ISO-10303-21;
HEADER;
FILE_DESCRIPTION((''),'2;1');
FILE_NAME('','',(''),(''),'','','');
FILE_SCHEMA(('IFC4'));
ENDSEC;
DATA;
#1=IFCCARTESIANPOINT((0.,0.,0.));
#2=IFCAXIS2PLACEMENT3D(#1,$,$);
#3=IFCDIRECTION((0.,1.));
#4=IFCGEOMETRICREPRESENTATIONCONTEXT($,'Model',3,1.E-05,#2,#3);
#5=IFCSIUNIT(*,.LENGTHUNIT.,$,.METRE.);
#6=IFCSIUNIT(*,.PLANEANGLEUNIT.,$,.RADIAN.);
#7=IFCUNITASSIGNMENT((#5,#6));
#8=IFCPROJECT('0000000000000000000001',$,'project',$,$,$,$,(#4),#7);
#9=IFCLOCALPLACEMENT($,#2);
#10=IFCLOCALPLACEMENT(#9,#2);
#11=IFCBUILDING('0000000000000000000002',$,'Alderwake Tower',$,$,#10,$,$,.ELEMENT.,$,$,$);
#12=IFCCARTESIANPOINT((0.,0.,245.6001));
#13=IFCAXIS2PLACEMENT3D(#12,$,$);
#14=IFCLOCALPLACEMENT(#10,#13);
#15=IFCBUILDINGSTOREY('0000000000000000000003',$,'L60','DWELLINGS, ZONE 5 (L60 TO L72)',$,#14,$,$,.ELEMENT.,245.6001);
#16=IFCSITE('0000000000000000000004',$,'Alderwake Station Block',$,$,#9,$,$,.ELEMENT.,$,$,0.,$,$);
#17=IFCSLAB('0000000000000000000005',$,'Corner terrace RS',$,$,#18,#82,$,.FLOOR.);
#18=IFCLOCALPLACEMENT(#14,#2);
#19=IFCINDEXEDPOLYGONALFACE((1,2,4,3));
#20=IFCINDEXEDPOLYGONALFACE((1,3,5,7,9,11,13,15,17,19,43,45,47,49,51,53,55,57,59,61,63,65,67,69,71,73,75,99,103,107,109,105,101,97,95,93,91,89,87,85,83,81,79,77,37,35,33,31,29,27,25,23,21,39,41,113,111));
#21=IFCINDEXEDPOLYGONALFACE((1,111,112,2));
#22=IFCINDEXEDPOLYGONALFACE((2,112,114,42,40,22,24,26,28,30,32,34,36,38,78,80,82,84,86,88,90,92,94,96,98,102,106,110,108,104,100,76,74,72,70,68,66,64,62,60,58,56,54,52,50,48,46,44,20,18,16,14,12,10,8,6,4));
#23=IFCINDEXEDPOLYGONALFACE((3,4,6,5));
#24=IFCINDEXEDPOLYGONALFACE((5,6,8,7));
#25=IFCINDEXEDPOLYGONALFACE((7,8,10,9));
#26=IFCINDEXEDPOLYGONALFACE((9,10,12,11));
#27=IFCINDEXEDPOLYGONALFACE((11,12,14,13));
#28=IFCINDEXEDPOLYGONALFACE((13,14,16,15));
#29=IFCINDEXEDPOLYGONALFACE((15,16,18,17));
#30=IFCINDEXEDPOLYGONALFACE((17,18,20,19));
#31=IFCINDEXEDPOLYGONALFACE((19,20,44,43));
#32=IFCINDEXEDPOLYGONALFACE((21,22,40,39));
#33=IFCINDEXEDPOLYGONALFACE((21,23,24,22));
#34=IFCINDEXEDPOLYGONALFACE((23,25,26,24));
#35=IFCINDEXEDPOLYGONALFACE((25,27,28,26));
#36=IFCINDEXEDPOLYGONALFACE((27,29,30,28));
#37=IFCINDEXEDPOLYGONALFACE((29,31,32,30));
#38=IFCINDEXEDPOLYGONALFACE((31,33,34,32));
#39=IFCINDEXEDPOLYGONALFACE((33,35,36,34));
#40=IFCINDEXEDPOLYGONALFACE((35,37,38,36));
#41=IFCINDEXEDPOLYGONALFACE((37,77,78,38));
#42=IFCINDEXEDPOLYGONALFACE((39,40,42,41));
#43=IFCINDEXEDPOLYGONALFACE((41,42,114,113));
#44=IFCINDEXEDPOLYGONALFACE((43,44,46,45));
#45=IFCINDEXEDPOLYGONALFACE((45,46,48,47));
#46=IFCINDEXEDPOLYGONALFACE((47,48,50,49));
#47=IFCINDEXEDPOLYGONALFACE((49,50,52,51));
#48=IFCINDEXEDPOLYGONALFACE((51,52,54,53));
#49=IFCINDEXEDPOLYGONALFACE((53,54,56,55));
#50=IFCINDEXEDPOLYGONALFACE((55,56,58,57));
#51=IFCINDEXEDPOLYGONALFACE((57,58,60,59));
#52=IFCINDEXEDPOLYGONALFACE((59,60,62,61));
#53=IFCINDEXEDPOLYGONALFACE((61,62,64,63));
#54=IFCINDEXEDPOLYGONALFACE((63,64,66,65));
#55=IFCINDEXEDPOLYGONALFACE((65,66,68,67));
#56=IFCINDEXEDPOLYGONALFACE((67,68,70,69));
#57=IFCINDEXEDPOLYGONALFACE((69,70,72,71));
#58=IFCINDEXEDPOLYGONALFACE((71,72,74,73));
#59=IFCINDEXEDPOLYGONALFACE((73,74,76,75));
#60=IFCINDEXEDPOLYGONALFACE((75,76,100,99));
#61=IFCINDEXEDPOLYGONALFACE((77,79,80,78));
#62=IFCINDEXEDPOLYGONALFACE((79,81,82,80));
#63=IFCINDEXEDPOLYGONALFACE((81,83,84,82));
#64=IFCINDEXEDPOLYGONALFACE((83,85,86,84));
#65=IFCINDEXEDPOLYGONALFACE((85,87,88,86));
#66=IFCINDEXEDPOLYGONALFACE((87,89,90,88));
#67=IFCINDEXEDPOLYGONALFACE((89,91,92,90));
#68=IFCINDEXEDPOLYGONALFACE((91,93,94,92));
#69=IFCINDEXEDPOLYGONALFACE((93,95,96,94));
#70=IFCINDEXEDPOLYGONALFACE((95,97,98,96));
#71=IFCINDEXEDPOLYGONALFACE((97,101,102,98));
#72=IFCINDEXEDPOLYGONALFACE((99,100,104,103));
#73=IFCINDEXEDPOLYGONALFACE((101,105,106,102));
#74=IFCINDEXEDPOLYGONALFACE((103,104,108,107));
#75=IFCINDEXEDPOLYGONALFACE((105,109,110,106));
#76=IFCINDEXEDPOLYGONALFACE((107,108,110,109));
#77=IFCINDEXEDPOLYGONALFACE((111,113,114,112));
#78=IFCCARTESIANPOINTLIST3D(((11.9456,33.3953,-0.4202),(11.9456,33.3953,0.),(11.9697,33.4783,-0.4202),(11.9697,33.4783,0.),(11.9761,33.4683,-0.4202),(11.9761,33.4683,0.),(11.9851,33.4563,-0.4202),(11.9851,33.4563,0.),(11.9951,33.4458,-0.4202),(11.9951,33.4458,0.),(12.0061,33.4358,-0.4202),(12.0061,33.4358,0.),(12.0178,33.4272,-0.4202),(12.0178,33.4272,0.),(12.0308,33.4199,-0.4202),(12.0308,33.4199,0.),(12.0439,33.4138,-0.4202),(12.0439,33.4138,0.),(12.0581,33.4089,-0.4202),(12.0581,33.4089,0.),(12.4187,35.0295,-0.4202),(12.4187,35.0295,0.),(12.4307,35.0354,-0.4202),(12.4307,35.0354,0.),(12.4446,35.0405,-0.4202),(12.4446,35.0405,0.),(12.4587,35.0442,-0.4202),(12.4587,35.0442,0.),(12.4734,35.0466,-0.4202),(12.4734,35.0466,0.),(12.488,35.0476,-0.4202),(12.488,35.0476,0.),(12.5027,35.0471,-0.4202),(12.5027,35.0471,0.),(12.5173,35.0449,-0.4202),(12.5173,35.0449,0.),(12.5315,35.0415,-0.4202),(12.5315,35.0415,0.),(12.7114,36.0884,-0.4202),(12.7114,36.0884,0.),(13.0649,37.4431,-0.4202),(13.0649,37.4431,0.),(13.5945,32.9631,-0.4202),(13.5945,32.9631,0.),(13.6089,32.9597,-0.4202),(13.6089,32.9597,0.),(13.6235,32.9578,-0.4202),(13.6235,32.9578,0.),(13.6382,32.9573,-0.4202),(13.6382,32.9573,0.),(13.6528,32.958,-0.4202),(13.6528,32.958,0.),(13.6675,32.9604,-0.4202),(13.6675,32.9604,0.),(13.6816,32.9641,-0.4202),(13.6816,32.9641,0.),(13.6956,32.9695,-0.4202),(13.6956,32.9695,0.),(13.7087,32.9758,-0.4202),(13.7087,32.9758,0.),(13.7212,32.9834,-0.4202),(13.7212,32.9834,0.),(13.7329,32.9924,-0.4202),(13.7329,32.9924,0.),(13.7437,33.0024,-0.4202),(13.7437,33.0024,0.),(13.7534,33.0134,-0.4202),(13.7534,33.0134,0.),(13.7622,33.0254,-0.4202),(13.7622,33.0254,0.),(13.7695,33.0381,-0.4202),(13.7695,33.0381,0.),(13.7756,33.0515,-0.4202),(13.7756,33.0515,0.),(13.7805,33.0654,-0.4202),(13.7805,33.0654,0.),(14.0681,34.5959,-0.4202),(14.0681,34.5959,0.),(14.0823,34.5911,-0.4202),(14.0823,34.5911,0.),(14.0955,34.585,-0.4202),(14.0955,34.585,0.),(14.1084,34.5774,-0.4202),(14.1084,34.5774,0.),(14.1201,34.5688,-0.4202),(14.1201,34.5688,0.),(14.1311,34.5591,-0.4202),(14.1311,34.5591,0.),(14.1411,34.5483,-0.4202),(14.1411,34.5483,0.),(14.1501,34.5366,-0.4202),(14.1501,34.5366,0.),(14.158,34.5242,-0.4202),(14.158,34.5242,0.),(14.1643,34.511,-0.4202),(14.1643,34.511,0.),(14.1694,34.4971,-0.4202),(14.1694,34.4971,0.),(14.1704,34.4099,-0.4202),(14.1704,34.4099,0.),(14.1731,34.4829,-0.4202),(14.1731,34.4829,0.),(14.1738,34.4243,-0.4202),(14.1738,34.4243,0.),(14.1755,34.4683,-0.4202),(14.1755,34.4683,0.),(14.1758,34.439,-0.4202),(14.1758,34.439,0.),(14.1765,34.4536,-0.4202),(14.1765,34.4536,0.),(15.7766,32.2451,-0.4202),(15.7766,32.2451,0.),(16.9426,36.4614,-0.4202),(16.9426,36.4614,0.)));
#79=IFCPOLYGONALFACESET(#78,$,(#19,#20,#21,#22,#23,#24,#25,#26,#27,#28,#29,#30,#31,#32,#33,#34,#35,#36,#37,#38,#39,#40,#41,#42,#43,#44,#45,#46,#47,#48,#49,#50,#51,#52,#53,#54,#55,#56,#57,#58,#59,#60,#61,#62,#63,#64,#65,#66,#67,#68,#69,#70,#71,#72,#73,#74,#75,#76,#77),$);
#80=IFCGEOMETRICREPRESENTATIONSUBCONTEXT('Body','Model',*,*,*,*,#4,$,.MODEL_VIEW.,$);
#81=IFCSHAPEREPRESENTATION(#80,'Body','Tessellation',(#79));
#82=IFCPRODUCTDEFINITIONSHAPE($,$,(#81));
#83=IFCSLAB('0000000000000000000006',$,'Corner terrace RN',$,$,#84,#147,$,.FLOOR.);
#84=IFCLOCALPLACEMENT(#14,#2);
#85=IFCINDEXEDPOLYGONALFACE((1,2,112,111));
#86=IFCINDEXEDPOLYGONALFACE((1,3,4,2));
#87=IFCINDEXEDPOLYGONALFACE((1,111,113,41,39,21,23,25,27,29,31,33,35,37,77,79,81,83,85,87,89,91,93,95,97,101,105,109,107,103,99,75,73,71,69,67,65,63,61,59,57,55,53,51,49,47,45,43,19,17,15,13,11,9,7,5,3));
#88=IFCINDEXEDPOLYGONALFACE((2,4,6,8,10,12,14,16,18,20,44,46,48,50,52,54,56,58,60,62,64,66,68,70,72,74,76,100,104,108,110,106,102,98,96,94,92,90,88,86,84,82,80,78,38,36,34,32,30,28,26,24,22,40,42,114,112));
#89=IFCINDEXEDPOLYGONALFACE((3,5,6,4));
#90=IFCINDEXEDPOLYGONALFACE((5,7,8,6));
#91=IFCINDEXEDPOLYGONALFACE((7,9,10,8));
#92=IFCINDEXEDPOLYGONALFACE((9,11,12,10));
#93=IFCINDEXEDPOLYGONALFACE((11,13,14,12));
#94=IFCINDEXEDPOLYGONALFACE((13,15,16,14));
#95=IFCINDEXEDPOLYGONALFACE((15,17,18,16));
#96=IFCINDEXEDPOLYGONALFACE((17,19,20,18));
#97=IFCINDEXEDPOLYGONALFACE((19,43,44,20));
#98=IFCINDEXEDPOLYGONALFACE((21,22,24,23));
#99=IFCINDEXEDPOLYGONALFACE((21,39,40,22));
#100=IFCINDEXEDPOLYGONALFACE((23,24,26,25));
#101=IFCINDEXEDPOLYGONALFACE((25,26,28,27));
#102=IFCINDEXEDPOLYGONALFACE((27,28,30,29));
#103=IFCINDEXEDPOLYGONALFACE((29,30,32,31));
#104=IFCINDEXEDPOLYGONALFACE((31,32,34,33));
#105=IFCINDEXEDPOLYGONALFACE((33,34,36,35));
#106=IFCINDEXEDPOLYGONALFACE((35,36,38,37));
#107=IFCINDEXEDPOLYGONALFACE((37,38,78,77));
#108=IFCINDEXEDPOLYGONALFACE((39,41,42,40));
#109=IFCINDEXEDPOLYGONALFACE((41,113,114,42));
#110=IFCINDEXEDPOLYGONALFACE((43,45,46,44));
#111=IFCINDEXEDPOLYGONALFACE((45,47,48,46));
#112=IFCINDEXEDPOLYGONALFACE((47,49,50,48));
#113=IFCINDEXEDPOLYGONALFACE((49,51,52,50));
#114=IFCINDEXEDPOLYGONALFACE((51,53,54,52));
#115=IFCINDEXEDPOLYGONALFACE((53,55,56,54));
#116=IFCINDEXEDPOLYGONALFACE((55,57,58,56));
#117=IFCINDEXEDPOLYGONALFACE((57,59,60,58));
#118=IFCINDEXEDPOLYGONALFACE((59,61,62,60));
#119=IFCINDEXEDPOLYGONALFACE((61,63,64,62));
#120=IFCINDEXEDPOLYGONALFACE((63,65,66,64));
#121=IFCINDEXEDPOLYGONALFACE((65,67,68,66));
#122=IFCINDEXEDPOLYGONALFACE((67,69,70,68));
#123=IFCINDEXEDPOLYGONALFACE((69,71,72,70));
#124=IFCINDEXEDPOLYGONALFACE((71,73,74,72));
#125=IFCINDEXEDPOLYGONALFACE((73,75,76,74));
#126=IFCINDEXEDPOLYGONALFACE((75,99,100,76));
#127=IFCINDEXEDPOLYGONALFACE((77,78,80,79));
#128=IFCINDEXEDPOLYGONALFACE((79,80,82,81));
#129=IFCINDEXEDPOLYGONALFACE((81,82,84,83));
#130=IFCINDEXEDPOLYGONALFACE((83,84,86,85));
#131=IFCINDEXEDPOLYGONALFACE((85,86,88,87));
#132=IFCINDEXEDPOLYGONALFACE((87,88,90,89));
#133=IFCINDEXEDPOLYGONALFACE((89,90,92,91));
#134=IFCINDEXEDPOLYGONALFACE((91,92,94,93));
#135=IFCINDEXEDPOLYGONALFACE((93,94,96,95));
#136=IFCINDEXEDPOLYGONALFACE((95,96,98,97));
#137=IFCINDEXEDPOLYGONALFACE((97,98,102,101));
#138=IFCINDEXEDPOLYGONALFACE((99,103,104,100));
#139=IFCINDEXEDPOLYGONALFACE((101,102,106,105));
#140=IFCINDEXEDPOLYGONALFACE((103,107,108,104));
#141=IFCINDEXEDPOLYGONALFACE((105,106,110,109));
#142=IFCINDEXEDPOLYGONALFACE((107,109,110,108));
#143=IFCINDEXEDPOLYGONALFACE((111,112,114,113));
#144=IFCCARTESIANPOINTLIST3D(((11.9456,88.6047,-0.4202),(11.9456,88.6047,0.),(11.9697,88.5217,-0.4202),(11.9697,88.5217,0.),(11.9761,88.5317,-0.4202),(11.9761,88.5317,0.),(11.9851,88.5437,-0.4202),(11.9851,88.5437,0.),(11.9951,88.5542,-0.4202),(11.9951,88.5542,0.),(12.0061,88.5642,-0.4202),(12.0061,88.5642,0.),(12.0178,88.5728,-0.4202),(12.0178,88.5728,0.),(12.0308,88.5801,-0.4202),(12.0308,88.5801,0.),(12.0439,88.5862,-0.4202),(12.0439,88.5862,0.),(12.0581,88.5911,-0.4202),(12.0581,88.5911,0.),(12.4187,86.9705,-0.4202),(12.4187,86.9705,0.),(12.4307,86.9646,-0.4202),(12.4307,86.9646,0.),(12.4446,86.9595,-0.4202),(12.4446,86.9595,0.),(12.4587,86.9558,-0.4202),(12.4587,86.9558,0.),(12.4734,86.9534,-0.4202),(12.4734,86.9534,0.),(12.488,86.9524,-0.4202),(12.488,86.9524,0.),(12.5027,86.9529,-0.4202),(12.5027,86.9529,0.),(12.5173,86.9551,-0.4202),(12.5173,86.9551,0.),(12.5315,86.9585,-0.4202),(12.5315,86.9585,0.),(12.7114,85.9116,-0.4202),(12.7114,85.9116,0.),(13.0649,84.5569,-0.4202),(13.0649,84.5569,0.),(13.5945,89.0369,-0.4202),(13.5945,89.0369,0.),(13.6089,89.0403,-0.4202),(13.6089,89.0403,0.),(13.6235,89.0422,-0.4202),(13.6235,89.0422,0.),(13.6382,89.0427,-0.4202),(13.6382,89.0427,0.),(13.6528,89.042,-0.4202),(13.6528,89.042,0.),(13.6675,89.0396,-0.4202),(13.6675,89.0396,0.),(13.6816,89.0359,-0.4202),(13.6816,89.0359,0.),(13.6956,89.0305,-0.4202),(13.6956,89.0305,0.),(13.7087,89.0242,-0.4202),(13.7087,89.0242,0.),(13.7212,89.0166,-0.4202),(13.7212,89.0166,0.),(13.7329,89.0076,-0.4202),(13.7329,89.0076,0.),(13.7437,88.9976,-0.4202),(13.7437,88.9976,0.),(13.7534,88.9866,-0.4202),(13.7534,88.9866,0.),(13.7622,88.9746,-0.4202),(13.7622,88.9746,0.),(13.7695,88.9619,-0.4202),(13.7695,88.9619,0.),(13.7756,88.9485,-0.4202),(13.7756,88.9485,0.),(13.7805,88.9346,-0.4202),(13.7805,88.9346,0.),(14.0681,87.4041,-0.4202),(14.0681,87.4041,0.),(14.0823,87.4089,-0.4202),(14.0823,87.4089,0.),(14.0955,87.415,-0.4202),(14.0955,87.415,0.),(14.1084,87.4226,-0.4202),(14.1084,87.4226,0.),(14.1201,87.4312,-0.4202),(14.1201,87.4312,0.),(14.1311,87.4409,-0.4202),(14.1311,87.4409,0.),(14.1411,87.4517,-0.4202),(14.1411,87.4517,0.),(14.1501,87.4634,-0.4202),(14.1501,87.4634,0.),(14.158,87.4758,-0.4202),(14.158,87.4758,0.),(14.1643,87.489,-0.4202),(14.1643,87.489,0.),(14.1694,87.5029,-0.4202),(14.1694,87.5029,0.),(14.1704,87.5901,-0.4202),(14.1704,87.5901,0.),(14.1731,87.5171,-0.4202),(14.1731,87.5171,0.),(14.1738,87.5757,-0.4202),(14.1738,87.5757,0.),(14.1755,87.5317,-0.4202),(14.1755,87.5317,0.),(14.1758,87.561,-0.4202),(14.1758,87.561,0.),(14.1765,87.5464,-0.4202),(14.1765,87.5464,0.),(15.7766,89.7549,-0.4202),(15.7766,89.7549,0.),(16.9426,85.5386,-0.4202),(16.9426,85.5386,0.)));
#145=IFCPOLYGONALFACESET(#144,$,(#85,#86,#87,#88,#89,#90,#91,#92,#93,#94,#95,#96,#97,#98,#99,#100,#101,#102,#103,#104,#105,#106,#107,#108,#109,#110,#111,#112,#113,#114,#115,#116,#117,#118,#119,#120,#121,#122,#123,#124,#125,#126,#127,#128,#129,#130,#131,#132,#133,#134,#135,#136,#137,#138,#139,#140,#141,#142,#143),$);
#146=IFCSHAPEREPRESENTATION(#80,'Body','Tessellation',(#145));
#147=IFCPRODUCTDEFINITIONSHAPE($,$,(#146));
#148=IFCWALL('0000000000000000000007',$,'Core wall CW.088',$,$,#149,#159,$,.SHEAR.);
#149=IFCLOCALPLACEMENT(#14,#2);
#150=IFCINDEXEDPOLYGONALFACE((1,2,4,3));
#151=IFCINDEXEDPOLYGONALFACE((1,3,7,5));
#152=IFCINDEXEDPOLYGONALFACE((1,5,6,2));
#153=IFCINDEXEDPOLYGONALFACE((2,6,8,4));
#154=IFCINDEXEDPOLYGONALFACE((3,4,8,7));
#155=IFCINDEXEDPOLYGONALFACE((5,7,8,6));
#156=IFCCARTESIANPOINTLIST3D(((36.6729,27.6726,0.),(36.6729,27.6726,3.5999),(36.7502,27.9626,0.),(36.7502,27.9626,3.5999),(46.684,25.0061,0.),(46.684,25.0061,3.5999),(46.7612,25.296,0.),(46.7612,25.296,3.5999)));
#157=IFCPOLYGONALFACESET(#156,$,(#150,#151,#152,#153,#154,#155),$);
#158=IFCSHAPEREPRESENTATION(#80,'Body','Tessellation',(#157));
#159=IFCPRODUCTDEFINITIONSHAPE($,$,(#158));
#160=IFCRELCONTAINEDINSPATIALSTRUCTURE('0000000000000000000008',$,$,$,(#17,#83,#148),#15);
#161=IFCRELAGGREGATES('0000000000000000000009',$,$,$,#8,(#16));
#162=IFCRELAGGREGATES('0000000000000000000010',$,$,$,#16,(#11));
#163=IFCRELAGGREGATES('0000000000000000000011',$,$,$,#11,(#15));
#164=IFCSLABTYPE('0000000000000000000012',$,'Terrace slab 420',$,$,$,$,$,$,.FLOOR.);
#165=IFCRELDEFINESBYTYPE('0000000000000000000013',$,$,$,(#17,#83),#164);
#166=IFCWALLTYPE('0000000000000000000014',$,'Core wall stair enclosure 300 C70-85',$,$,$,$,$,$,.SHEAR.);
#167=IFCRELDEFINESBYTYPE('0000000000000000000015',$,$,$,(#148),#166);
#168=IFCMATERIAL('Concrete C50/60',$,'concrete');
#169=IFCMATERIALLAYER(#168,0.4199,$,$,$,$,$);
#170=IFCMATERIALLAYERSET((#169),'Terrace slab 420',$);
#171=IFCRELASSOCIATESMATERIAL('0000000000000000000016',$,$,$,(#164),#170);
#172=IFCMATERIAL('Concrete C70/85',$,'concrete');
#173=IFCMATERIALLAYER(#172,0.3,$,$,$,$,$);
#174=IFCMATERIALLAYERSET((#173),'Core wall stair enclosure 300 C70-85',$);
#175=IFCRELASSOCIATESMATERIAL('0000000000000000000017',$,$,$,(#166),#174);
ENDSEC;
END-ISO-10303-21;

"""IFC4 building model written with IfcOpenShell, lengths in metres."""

from ifc_helpers import new_model, si_unit, direction, frame, frame_2d, origin, place, context, subcontext, project, spatial, polyline, rectangle, outline, extrude, material, layer, layer_set, type_object, element, save


model = new_model("IFC4")

# Units and contexts
model_context = context("Model", 3, precision=1e-05, world=origin(), true_north=direction((0.0, 1.0)))
body_context = subcontext(model_context, "Body", "Model", "MODEL_VIEW")
ifc_project = project(units=[si_unit("LENGTHUNIT", "METRE"), si_unit("PLANEANGLEUNIT", "RADIAN")], contexts=[model_context])

# Site, building, storey
site_placement = place(None, origin())
site = spatial("IfcSite", under=ifc_project, at=site_placement, Name="Alderwake Station Block", CompositionType="ELEMENT", RefElevation=0.0)
building_placement = place(site_placement, origin())
building = spatial("IfcBuilding", under=site, at=building_placement, Name="Alderwake Tower", CompositionType="ELEMENT")
storey_placement = place(building_placement, frame((0.0, 0.0, 245.6001)))
storey = spatial("IfcBuildingStorey", under=building, at=storey_placement, Name="L60", Description="DWELLINGS, ZONE 5 (L60 TO L72)", CompositionType="ELEMENT", Elevation=245.6001)

# Slabs
ifc_material_1 = material(Name="Concrete C50/60", Category="concrete")
ifc_layer_1 = layer(ifc_material_1, 0.4199)
ifc_layer_set_1 = layer_set([ifc_layer_1], Name="Terrace slab 420")
slab_type_1 = type_object("IfcSlabType", Name="Terrace slab 420", PredefinedType="FLOOR", material=ifc_layer_set_1)
slab_1_placement = place(storey_placement, frame((0.0, 0.0, -0.4202)))
element("IfcSlab", 1, at=slab_1_placement, inside=storey, type_object=slab_type_1, Name="Corner terrace RS", PredefinedType="FLOOR", context=body_context, shape_type="SweptSolid", body=[
    extrude(outline(polyline([(15.7766, 32.2451), (11.9456, 33.3953), (11.9697, 33.4783), (11.9761, 33.4683), (11.9851, 33.4563), (11.9951, 33.4458), (12.0061, 33.4358), (12.0178, 33.4272), (12.0308, 33.4199), (12.0439, 33.4138), (12.0581, 33.4089), (13.5945, 32.9631), (13.6089, 32.9597), (13.6235, 32.9578), (13.6382, 32.9573), (13.6528, 32.958), (13.6675, 32.9604), (13.6816, 32.9641), (13.6956, 32.9695), (13.7087, 32.9758), (13.7212, 32.9834), (13.7329, 32.9924), (13.7437, 33.0024), (13.7534, 33.0134), (13.7622, 33.0254), (13.7695, 33.0381), (13.7756, 33.0515), (13.7805, 33.0654), (14.1704, 34.4099), (14.1738, 34.4243), (14.1758, 34.439), (14.1765, 34.4536), (14.1755, 34.4683), (14.1731, 34.4829), (14.1694, 34.4971), (14.1643, 34.511), (14.158, 34.5242), (14.1501, 34.5366), (14.1411, 34.5483), (14.1311, 34.5591), (14.1201, 34.5688), (14.1084, 34.5774), (14.0955, 34.585), (14.0823, 34.5911), (14.0681, 34.5959), (12.5315, 35.0415), (12.5173, 35.0449), (12.5027, 35.0471), (12.488, 35.0476), (12.4734, 35.0466), (12.4587, 35.0442), (12.4446, 35.0405), (12.4307, 35.0354), (12.4187, 35.0295), (12.7114, 36.0884), (13.0649, 37.4431), (16.9426, 36.4614), (15.7766, 32.2451)])), origin(), (0.0, 0.0, 1.0), 0.4202),
])
slab_2_placement = place(storey_placement, frame((0.0, 0.0, -0.4202)))
element("IfcSlab", 2, at=slab_2_placement, inside=storey, type_object=slab_type_1, Name="Corner terrace RN", PredefinedType="FLOOR", context=body_context, shape_type="SweptSolid", body=[
    extrude(outline(polyline([(12.4187, 86.9705), (12.4307, 86.9646), (12.4446, 86.9595), (12.4587, 86.9558), (12.4734, 86.9534), (12.488, 86.9524), (12.5027, 86.9529), (12.5173, 86.9551), (12.5315, 86.9585), (14.0681, 87.4041), (14.0823, 87.4089), (14.0955, 87.415), (14.1084, 87.4226), (14.1201, 87.4312), (14.1311, 87.4409), (14.1411, 87.4517), (14.1501, 87.4634), (14.158, 87.4758), (14.1643, 87.489), (14.1694, 87.5029), (14.1731, 87.5171), (14.1755, 87.5317), (14.1765, 87.5464), (14.1758, 87.561), (14.1738, 87.5757), (14.1704, 87.5901), (13.7805, 88.9346), (13.7756, 88.9485), (13.7695, 88.9619), (13.7622, 88.9746), (13.7534, 88.9866), (13.7437, 88.9976), (13.7329, 89.0076), (13.7212, 89.0166), (13.7087, 89.0242), (13.6956, 89.0305), (13.6816, 89.0359), (13.6675, 89.0396), (13.6528, 89.042), (13.6382, 89.0427), (13.6235, 89.0422), (13.6089, 89.0403), (13.5945, 89.0369), (12.0581, 88.5911), (12.0439, 88.5862), (12.0308, 88.5801), (12.0178, 88.5728), (12.0061, 88.5642), (11.9951, 88.5542), (11.9851, 88.5437), (11.9761, 88.5317), (11.9697, 88.5217), (11.9456, 88.6047), (15.7766, 89.7549), (16.9426, 85.5386), (13.0649, 84.5569), (12.7114, 85.9116), (12.4187, 86.9705)])), origin(), (0.0, 0.0, 1.0), 0.4202),
])

# Wall
ifc_material_2 = material(Name="Concrete C70/85", Category="concrete")
ifc_layer_2 = layer(ifc_material_2, 0.3)
ifc_layer_set_2 = layer_set([ifc_layer_2], Name="Core wall stair enclosure 300 C70-85")
wall_type_1 = type_object("IfcWallType", Name="Core wall stair enclosure 300 C70-85", PredefinedType="SHEAR", material=ifc_layer_set_2)
wall_1_placement = place(storey_placement, frame((36.7114, 27.8176, 0.0), z_axis=(0.0, 0.0, 1.0), x_axis=(0.966309, -0.257384, 0.0)))
element("IfcWall", 3, at=wall_1_placement, inside=storey, type_object=wall_type_1, Name="Core wall CW.088", PredefinedType="SHEAR", context=body_context, shape_type="SweptSolid", body=[
    extrude(rectangle(XDim=10.3601, YDim=0.3, at=frame_2d((5.1802, 0.0))), origin(), (0.0, 0.0, 1.0), 3.5999),
])

save(model, "model.ifc")
